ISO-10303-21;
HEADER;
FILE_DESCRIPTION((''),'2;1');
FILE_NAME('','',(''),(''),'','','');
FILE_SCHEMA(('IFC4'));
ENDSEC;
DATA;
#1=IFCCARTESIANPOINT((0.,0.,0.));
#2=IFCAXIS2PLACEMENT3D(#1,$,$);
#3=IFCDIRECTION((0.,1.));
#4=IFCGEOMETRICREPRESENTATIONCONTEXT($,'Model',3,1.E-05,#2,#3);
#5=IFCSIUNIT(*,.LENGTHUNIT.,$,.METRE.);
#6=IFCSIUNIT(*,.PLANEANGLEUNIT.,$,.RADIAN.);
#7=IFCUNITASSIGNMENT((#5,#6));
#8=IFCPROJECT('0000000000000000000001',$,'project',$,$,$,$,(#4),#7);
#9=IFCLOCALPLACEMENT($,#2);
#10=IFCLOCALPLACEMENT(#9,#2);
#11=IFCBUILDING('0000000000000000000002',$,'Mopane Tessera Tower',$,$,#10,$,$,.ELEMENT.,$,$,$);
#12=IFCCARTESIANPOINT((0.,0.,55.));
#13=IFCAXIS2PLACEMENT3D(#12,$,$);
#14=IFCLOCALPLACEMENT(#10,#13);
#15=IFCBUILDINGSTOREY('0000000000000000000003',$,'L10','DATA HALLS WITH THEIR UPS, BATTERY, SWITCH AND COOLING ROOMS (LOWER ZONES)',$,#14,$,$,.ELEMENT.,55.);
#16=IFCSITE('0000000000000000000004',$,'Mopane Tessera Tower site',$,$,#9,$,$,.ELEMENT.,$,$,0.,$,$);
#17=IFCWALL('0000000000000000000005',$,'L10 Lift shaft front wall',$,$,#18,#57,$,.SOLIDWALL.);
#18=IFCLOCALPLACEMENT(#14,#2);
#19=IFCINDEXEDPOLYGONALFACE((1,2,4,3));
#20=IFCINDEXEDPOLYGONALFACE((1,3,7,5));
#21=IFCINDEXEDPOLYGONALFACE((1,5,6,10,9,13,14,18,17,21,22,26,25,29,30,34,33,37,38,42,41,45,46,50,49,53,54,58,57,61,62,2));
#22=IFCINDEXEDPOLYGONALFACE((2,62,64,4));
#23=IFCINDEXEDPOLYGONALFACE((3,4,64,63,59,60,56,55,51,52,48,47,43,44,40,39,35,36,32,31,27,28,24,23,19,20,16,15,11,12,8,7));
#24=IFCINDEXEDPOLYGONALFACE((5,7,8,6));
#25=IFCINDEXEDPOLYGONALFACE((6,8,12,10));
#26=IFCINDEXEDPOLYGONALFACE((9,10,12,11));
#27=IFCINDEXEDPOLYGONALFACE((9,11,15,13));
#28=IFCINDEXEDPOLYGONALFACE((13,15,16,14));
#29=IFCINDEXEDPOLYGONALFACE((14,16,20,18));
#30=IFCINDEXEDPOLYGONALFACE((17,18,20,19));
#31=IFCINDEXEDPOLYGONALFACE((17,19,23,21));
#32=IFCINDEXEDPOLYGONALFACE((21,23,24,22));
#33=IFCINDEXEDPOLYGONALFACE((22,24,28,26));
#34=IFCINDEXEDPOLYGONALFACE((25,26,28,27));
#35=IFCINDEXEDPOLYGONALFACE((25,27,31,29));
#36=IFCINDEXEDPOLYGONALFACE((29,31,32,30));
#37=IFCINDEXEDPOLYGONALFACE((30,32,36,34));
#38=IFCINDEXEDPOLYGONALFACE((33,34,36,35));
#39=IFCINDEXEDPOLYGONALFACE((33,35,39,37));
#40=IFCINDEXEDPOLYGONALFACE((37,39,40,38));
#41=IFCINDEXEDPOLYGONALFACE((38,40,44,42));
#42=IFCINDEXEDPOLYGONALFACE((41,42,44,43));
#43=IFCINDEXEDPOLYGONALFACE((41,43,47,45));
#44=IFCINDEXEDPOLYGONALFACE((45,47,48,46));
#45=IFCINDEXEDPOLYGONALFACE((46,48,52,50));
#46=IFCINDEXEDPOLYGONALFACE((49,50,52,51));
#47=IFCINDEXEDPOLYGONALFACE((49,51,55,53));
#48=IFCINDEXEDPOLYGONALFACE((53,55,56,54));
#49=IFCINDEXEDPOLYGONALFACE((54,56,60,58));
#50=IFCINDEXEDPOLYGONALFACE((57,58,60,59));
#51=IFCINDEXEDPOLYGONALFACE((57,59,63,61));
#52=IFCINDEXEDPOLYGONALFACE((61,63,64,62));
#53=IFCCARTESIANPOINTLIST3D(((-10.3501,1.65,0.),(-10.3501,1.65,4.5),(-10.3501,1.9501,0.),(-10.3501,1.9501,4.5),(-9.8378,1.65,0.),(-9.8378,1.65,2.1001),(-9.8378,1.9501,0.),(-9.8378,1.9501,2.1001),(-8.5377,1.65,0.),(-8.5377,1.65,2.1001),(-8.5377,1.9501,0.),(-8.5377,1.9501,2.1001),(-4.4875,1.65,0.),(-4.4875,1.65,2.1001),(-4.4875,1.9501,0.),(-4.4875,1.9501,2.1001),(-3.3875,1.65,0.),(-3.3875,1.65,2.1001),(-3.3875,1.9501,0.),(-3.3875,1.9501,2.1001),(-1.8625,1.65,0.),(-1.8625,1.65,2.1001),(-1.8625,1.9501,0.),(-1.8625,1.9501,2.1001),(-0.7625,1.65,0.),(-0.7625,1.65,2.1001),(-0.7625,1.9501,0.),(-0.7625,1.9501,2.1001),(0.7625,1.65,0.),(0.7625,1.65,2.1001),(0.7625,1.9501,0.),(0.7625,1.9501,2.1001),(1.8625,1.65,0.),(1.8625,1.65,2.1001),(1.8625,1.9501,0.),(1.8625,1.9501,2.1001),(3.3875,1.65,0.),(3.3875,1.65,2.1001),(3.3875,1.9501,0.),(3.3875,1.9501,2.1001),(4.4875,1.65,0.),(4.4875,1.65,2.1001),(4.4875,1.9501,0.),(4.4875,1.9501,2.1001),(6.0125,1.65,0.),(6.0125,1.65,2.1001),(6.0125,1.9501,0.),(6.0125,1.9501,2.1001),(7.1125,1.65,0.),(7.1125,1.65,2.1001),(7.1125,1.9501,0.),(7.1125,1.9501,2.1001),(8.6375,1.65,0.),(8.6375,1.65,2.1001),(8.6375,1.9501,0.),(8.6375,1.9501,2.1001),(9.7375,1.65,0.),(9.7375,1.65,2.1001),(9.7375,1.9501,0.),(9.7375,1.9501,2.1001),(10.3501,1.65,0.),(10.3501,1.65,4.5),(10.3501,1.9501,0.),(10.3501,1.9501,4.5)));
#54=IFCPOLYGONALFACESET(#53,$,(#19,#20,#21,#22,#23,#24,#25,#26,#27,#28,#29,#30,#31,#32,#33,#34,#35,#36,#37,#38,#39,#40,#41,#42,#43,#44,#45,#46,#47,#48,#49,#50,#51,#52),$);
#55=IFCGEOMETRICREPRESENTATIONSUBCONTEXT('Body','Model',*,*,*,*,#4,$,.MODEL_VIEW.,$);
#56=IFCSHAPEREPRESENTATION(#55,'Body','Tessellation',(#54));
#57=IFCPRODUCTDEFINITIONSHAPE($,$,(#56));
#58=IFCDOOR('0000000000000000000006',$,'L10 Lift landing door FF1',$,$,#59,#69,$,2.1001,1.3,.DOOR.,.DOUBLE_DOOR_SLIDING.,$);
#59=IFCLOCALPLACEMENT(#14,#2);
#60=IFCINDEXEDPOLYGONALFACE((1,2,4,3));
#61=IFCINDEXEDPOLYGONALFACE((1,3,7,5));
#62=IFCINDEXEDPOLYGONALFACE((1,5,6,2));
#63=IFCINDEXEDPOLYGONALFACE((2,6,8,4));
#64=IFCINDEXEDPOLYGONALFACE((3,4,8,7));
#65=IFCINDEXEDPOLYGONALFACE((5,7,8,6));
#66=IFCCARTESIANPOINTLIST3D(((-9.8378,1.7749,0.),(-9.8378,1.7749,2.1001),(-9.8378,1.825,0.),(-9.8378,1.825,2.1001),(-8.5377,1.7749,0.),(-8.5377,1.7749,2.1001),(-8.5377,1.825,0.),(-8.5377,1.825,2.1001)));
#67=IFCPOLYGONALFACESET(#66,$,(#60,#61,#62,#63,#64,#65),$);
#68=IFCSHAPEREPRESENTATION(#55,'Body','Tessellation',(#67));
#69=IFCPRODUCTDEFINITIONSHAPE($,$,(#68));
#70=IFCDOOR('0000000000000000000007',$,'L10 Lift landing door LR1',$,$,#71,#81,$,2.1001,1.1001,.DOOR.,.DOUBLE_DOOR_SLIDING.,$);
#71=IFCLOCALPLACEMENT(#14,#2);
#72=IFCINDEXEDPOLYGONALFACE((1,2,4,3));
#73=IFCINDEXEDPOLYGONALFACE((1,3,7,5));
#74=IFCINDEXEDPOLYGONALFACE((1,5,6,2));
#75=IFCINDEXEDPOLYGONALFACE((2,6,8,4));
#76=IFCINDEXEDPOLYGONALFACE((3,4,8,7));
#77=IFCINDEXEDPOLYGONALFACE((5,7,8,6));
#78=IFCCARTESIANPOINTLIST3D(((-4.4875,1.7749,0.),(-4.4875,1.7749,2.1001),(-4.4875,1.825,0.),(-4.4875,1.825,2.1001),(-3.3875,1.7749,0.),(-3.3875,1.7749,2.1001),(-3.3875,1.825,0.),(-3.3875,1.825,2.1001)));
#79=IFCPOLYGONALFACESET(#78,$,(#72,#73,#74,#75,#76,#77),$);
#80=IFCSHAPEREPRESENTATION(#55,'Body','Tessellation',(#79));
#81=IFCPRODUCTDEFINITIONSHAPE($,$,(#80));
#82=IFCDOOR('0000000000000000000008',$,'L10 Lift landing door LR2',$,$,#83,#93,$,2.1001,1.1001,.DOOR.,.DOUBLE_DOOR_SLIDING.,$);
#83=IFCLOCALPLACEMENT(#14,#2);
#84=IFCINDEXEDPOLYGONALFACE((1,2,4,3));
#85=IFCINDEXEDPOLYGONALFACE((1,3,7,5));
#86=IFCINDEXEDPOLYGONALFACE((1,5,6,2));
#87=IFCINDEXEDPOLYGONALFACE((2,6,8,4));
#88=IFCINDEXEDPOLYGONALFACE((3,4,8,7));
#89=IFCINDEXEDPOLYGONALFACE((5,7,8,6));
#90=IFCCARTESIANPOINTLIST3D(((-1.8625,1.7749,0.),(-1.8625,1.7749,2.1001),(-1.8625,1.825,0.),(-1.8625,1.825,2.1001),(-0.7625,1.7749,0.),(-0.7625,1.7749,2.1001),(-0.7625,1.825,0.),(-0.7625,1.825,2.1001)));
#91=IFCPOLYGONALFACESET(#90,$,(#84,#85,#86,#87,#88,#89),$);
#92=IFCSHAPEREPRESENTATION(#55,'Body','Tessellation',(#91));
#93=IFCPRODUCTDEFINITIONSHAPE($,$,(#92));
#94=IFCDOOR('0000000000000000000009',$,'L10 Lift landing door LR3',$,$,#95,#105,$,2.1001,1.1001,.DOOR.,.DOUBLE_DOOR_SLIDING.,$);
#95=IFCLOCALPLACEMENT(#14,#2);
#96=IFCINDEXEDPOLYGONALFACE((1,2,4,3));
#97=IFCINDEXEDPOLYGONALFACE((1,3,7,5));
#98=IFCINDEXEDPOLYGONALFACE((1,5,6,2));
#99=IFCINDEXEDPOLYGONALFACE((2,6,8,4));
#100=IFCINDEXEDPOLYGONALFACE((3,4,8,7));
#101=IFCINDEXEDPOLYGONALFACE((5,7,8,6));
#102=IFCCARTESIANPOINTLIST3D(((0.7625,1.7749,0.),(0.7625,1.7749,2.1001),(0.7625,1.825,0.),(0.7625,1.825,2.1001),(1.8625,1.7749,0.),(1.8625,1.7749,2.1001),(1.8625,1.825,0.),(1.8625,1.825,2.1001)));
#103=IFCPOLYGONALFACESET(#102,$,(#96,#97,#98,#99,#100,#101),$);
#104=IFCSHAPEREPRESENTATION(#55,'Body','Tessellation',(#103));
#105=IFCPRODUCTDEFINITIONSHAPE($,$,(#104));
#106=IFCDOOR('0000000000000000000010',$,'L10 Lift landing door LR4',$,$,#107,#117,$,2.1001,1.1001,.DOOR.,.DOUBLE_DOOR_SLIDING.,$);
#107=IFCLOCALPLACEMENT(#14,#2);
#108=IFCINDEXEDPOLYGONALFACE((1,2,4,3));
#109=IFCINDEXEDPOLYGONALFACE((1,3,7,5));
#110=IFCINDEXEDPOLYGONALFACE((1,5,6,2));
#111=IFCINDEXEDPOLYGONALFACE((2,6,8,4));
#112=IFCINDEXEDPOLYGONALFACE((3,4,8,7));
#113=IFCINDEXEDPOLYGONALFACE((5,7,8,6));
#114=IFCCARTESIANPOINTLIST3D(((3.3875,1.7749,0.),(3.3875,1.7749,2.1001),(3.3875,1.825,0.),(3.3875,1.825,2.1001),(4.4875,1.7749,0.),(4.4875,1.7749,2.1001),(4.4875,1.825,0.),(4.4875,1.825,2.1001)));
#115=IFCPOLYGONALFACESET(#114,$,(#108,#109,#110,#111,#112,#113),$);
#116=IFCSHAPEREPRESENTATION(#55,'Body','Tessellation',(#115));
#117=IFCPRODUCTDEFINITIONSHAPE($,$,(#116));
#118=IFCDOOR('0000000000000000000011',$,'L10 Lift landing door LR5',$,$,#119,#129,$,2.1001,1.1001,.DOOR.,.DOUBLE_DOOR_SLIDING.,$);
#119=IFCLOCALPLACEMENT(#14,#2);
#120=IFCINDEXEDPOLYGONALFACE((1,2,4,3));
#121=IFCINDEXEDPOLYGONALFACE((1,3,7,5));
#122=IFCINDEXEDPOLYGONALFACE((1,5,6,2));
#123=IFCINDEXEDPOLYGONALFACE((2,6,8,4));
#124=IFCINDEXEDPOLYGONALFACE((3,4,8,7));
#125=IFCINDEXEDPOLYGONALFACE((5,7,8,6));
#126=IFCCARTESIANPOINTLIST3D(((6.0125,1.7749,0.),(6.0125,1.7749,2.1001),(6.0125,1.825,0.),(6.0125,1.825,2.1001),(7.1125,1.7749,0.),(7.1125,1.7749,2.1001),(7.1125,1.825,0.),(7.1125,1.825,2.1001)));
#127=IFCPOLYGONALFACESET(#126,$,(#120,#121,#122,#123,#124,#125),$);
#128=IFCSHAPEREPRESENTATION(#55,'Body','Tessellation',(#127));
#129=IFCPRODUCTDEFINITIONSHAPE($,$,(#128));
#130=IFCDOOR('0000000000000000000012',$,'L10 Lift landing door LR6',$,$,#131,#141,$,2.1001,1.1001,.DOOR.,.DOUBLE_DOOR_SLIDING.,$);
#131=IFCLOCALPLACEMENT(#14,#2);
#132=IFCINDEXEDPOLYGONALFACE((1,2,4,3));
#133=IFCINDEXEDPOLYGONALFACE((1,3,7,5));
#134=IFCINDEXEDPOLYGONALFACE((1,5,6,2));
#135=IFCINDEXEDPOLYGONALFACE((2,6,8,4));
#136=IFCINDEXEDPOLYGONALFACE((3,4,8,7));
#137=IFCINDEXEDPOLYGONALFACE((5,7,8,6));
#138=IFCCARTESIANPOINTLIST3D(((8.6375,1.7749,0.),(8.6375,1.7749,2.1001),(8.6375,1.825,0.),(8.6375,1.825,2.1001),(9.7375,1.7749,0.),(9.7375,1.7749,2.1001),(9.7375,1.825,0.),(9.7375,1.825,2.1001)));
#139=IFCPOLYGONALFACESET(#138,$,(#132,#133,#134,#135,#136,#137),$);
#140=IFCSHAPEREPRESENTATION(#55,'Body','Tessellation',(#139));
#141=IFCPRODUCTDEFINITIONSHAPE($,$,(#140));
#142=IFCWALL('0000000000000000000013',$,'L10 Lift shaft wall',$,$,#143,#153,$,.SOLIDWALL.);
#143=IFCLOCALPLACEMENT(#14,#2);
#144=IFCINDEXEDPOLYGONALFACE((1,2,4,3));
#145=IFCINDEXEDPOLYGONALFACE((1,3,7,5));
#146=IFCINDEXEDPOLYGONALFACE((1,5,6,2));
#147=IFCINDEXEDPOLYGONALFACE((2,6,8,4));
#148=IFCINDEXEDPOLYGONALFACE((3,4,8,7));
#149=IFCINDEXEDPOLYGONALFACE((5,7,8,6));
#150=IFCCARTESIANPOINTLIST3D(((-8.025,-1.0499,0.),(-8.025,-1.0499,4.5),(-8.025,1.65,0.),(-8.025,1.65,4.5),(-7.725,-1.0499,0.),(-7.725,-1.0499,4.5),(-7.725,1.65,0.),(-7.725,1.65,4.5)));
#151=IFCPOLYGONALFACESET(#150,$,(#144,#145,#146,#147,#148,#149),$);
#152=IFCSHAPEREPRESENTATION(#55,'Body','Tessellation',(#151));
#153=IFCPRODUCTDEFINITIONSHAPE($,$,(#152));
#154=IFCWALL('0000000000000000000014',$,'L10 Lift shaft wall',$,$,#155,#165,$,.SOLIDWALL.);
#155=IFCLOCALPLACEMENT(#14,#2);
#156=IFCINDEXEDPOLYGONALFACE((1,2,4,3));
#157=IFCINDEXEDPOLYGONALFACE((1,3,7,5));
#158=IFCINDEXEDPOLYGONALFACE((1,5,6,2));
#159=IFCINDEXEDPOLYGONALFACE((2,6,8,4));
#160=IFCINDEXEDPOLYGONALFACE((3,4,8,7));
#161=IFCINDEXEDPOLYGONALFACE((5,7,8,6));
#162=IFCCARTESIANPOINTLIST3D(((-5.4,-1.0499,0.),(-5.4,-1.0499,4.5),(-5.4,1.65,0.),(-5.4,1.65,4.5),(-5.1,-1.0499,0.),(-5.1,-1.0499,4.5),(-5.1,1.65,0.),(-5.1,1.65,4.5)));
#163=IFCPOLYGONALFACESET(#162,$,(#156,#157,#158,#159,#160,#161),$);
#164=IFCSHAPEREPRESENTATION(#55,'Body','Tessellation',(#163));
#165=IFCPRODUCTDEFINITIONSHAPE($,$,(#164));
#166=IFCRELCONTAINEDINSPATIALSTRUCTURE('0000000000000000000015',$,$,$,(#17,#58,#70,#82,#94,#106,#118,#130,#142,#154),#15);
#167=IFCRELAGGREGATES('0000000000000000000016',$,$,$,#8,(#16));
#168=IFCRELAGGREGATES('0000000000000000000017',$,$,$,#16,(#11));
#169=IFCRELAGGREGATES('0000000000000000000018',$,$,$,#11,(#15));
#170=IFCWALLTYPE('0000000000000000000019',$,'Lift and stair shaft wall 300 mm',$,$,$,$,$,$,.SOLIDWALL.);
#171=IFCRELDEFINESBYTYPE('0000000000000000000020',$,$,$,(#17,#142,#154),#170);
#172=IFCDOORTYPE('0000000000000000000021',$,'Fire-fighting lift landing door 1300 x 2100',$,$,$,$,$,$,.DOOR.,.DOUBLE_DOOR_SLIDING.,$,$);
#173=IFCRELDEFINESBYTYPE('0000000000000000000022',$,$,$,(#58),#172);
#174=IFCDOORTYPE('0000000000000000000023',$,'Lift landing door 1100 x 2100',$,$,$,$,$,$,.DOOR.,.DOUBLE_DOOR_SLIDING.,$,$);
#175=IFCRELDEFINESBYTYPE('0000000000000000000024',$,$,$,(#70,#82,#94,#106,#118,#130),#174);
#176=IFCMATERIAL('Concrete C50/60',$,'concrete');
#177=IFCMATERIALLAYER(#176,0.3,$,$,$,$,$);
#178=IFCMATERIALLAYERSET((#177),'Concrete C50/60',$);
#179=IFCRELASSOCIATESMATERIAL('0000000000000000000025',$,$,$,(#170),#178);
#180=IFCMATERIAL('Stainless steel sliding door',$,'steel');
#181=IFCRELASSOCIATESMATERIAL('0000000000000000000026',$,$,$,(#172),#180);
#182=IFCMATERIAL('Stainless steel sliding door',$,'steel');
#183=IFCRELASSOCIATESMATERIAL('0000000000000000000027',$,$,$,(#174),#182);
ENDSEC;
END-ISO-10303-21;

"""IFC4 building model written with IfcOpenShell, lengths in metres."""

from ifc_helpers import new_model, si_unit, direction, frame, frame_2d, origin, place, context, subcontext, project, spatial, rectangle, extrude, material, layer, layer_set, type_object, element, fill, save


model = new_model("IFC4")

# Units and contexts
model_context = context("Model", 3, precision=1e-05, world=origin(), true_north=direction((0.0, 1.0)))
body_context = subcontext(model_context, "Body", "Model", "MODEL_VIEW")
ifc_project = project(units=[si_unit("LENGTHUNIT", "METRE"), si_unit("PLANEANGLEUNIT", "RADIAN")], contexts=[model_context])

# Site, building, storey
site_placement = place(None, origin())
site = spatial("IfcSite", under=ifc_project, at=site_placement, Name="Mopane Tessera Tower site", CompositionType="ELEMENT", RefElevation=0.0)
building_placement = place(site_placement, origin())
building = spatial("IfcBuilding", under=site, at=building_placement, Name="Mopane Tessera Tower", CompositionType="ELEMENT")
storey_placement = place(building_placement, frame((0.0, 0.0, 55.0)))
storey = spatial("IfcBuildingStorey", under=building, at=storey_placement, Name="L10", Description="DATA HALLS WITH THEIR UPS, BATTERY, SWITCH AND COOLING ROOMS (LOWER ZONES)", CompositionType="ELEMENT", Elevation=55.0)

# Shared definitions
ifc_material_1 = material(Name="Concrete C50/60", Category="concrete")
ifc_layer_1 = layer(ifc_material_1, 0.3)
ifc_layer_set_1 = layer_set([ifc_layer_1], Name="Concrete C50/60")
wall_type_1 = type_object("IfcWallType", Name="Lift and stair shaft wall 300 mm", PredefinedType="SOLIDWALL", material=ifc_layer_set_1)

# Wall, openings, doors
wall_1_placement = place(storey_placement, frame((-10.3501, 1.8, 0.0), z_axis=(0.0, 0.0, 1.0), x_axis=(1.0, 0.0, 0.0)))
wall_1 = element("IfcWall", 1, at=wall_1_placement, inside=storey, type_object=wall_type_1, Name="L10 Lift shaft front wall", PredefinedType="SOLIDWALL", context=body_context, shape_type="SweptSolid", body=[
    extrude(rectangle(XDim=20.7002, YDim=0.3, at=frame_2d((10.3501, 0.0))), origin(), (0.0, 0.0, 1.0), 4.5),
])
opening_1_placement = place(wall_1_placement, frame((0.5125, 0.0, 0.0)))
opening_1 = element("IfcOpeningElement", 2, at=opening_1_placement, cuts=wall_1, PredefinedType="OPENING", context=body_context, shape_type="SweptSolid", body=[
    extrude(rectangle(XDim=1.3, YDim=2.1001, at=frame_2d((0.6499, 1.05))), frame((0.0, 0.1621, 0.0), z_axis=(0.0, -1.0, 0.0), x_axis=(1.0, 0.0, 0.0)), (0.0, 0.0, 1.0), 0.324),
])
opening_2_placement = place(wall_1_placement, frame((5.8625, 0.0, 0.0)))
opening_2 = element("IfcOpeningElement", 3, at=opening_2_placement, cuts=wall_1, PredefinedType="OPENING", context=body_context, shape_type="SweptSolid", body=[
    extrude(rectangle(XDim=1.1001, YDim=2.1001, at=frame_2d((0.55, 1.05))), frame((0.0, 0.1621, 0.0), z_axis=(0.0, -1.0, 0.0), x_axis=(1.0, 0.0, 0.0)), (0.0, 0.0, 1.0), 0.324),
])
opening_3_placement = place(wall_1_placement, frame((8.4875, 0.0, 0.0)))
opening_3 = element("IfcOpeningElement", 4, at=opening_3_placement, cuts=wall_1, PredefinedType="OPENING", context=body_context, shape_type="SweptSolid", body=[
    extrude(rectangle(XDim=1.1001, YDim=2.1001, at=frame_2d((0.55, 1.05))), frame((0.0, 0.1621, 0.0), z_axis=(0.0, -1.0, 0.0), x_axis=(1.0, 0.0, 0.0)), (0.0, 0.0, 1.0), 0.324),
])
opening_4_placement = place(wall_1_placement, frame((11.1125, 0.0, 0.0)))
opening_4 = element("IfcOpeningElement", 5, at=opening_4_placement, cuts=wall_1, PredefinedType="OPENING", context=body_context, shape_type="SweptSolid", body=[
    extrude(rectangle(XDim=1.1001, YDim=2.1001, at=frame_2d((0.55, 1.05))), frame((0.0, 0.1621, 0.0), z_axis=(0.0, -1.0, 0.0), x_axis=(1.0, 0.0, 0.0)), (0.0, 0.0, 1.0), 0.324),
])
opening_5_placement = place(wall_1_placement, frame((13.7375, 0.0, 0.0)))
opening_5 = element("IfcOpeningElement", 6, at=opening_5_placement, cuts=wall_1, PredefinedType="OPENING", context=body_context, shape_type="SweptSolid", body=[
    extrude(rectangle(XDim=1.1001, YDim=2.1001, at=frame_2d((0.55, 1.05))), frame((0.0, 0.1621, 0.0), z_axis=(0.0, -1.0, 0.0), x_axis=(1.0, 0.0, 0.0)), (0.0, 0.0, 1.0), 0.324),
])
opening_6_placement = place(wall_1_placement, frame((16.3625, 0.0, 0.0)))
opening_6 = element("IfcOpeningElement", 7, at=opening_6_placement, cuts=wall_1, PredefinedType="OPENING", context=body_context, shape_type="SweptSolid", body=[
    extrude(rectangle(XDim=1.1001, YDim=2.1001, at=frame_2d((0.55, 1.05))), frame((0.0, 0.1621, 0.0), z_axis=(0.0, -1.0, 0.0), x_axis=(1.0, 0.0, 0.0)), (0.0, 0.0, 1.0), 0.324),
])
opening_7_placement = place(wall_1_placement, frame((18.9875, 0.0, 0.0)))
opening_7 = element("IfcOpeningElement", 8, at=opening_7_placement, cuts=wall_1, PredefinedType="OPENING", context=body_context, shape_type="SweptSolid", body=[
    extrude(rectangle(XDim=1.1001, YDim=2.1001, at=frame_2d((0.55, 1.05))), frame((0.0, 0.1621, 0.0), z_axis=(0.0, -1.0, 0.0), x_axis=(1.0, 0.0, 0.0)), (0.0, 0.0, 1.0), 0.324),
])
ifc_material_2 = material(Name="Stainless steel sliding door", Category="steel")
door_type_1 = type_object("IfcDoorType", Name="Fire-fighting lift landing door 1300 x 2100", OperationType="DOUBLE_DOOR_SLIDING", PredefinedType="DOOR", material=ifc_material_2)
door_1_placement = place(opening_1_placement, origin())
door_1 = element("IfcDoor", 9, at=door_1_placement, inside=storey, type_object=door_type_1, Name="L10 Lift landing door FF1", OperationType="DOUBLE_DOOR_SLIDING", OverallHeight=2.1001, OverallWidth=1.3, PredefinedType="DOOR", context=body_context, shape_type="SweptSolid", body=[
    extrude(rectangle(XDim=1.3, YDim=2.1001, at=frame_2d((0.6499, 1.05))), frame((0.0, 0.0249, 0.0), z_axis=(0.0, -1.0, 0.0), x_axis=(1.0, 0.0, 0.0)), (0.0, 0.0, 1.0), 0.05),
])
fill(opening_1, door_1)
ifc_material_3 = material(Name="Stainless steel sliding door", Category="steel")
door_type_2 = type_object("IfcDoorType", Name="Lift landing door 1100 x 2100", OperationType="DOUBLE_DOOR_SLIDING", PredefinedType="DOOR", material=ifc_material_3)
door_2_placement = place(opening_2_placement, origin())
door_2 = element("IfcDoor", 10, at=door_2_placement, inside=storey, type_object=door_type_2, Name="L10 Lift landing door LR1", OperationType="DOUBLE_DOOR_SLIDING", OverallHeight=2.1001, OverallWidth=1.1001, PredefinedType="DOOR", context=body_context, shape_type="SweptSolid", body=[
    extrude(rectangle(XDim=1.1001, YDim=2.1001, at=frame_2d((0.55, 1.05))), frame((0.0, 0.0249, 0.0), z_axis=(0.0, -1.0, 0.0), x_axis=(1.0, 0.0, 0.0)), (0.0, 0.0, 1.0), 0.05),
])
fill(opening_2, door_2)
door_3_placement = place(opening_3_placement, origin())
door_3 = element("IfcDoor", 11, at=door_3_placement, inside=storey, type_object=door_type_2, Name="L10 Lift landing door LR2", OperationType="DOUBLE_DOOR_SLIDING", OverallHeight=2.1001, OverallWidth=1.1001, PredefinedType="DOOR", context=body_context, shape_type="SweptSolid", body=[
    extrude(rectangle(XDim=1.1001, YDim=2.1001, at=frame_2d((0.55, 1.05))), frame((0.0, 0.0249, 0.0), z_axis=(0.0, -1.0, 0.0), x_axis=(1.0, 0.0, 0.0)), (0.0, 0.0, 1.0), 0.05),
])
fill(opening_3, door_3)
door_4_placement = place(opening_4_placement, origin())
door_4 = element("IfcDoor", 12, at=door_4_placement, inside=storey, type_object=door_type_2, Name="L10 Lift landing door LR3", OperationType="DOUBLE_DOOR_SLIDING", OverallHeight=2.1001, OverallWidth=1.1001, PredefinedType="DOOR", context=body_context, shape_type="SweptSolid", body=[
    extrude(rectangle(XDim=1.1001, YDim=2.1001, at=frame_2d((0.55, 1.05))), frame((0.0, 0.0249, 0.0), z_axis=(0.0, -1.0, 0.0), x_axis=(1.0, 0.0, 0.0)), (0.0, 0.0, 1.0), 0.05),
])
fill(opening_4, door_4)
door_5_placement = place(opening_5_placement, origin())
door_5 = element("IfcDoor", 13, at=door_5_placement, inside=storey, type_object=door_type_2, Name="L10 Lift landing door LR4", OperationType="DOUBLE_DOOR_SLIDING", OverallHeight=2.1001, OverallWidth=1.1001, PredefinedType="DOOR", context=body_context, shape_type="SweptSolid", body=[
    extrude(rectangle(XDim=1.1001, YDim=2.1001, at=frame_2d((0.55, 1.05))), frame((0.0, 0.0249, 0.0), z_axis=(0.0, -1.0, 0.0), x_axis=(1.0, 0.0, 0.0)), (0.0, 0.0, 1.0), 0.05),
])
fill(opening_5, door_5)
door_6_placement = place(opening_6_placement, origin())
door_6 = element("IfcDoor", 14, at=door_6_placement, inside=storey, type_object=door_type_2, Name="L10 Lift landing door LR5", OperationType="DOUBLE_DOOR_SLIDING", OverallHeight=2.1001, OverallWidth=1.1001, PredefinedType="DOOR", context=body_context, shape_type="SweptSolid", body=[
    extrude(rectangle(XDim=1.1001, YDim=2.1001, at=frame_2d((0.55, 1.05))), frame((0.0, 0.0249, 0.0), z_axis=(0.0, -1.0, 0.0), x_axis=(1.0, 0.0, 0.0)), (0.0, 0.0, 1.0), 0.05),
])
fill(opening_6, door_6)
door_7_placement = place(opening_7_placement, origin())
door_7 = element("IfcDoor", 15, at=door_7_placement, inside=storey, type_object=door_type_2, Name="L10 Lift landing door LR6", OperationType="DOUBLE_DOOR_SLIDING", OverallHeight=2.1001, OverallWidth=1.1001, PredefinedType="DOOR", context=body_context, shape_type="SweptSolid", body=[
    extrude(rectangle(XDim=1.1001, YDim=2.1001, at=frame_2d((0.55, 1.05))), frame((0.0, 0.0249, 0.0), z_axis=(0.0, -1.0, 0.0), x_axis=(1.0, 0.0, 0.0)), (0.0, 0.0, 1.0), 0.05),
])
fill(opening_7, door_7)

# Walls
for number, where, z_axis, x_axis, name in (
    (16, (-7.875, -1.05, 0.0), (0.0, 0.0, 1.0), (0.0, 1.0, 0.0), "L10 Lift shaft wall"),
    (17, (-5.25, -1.05, 0.0), (0.0, 0.0, 1.0), (0.0, 1.0, 0.0), "L10 Lift shaft wall"),
):
    element("IfcWall", number, at=place(storey_placement, frame(where, z_axis=z_axis, x_axis=x_axis)), inside=storey, type_object=wall_type_1, Name=name, PredefinedType="SOLIDWALL", context=body_context, shape_type="SweptSolid", body=[
        extrude(rectangle(XDim=2.7, YDim=0.3, at=frame_2d((1.3501, 0.0))), origin(), (0.0, 0.0, 1.0), 4.5),
    ])

save(model, "model.ifc")
